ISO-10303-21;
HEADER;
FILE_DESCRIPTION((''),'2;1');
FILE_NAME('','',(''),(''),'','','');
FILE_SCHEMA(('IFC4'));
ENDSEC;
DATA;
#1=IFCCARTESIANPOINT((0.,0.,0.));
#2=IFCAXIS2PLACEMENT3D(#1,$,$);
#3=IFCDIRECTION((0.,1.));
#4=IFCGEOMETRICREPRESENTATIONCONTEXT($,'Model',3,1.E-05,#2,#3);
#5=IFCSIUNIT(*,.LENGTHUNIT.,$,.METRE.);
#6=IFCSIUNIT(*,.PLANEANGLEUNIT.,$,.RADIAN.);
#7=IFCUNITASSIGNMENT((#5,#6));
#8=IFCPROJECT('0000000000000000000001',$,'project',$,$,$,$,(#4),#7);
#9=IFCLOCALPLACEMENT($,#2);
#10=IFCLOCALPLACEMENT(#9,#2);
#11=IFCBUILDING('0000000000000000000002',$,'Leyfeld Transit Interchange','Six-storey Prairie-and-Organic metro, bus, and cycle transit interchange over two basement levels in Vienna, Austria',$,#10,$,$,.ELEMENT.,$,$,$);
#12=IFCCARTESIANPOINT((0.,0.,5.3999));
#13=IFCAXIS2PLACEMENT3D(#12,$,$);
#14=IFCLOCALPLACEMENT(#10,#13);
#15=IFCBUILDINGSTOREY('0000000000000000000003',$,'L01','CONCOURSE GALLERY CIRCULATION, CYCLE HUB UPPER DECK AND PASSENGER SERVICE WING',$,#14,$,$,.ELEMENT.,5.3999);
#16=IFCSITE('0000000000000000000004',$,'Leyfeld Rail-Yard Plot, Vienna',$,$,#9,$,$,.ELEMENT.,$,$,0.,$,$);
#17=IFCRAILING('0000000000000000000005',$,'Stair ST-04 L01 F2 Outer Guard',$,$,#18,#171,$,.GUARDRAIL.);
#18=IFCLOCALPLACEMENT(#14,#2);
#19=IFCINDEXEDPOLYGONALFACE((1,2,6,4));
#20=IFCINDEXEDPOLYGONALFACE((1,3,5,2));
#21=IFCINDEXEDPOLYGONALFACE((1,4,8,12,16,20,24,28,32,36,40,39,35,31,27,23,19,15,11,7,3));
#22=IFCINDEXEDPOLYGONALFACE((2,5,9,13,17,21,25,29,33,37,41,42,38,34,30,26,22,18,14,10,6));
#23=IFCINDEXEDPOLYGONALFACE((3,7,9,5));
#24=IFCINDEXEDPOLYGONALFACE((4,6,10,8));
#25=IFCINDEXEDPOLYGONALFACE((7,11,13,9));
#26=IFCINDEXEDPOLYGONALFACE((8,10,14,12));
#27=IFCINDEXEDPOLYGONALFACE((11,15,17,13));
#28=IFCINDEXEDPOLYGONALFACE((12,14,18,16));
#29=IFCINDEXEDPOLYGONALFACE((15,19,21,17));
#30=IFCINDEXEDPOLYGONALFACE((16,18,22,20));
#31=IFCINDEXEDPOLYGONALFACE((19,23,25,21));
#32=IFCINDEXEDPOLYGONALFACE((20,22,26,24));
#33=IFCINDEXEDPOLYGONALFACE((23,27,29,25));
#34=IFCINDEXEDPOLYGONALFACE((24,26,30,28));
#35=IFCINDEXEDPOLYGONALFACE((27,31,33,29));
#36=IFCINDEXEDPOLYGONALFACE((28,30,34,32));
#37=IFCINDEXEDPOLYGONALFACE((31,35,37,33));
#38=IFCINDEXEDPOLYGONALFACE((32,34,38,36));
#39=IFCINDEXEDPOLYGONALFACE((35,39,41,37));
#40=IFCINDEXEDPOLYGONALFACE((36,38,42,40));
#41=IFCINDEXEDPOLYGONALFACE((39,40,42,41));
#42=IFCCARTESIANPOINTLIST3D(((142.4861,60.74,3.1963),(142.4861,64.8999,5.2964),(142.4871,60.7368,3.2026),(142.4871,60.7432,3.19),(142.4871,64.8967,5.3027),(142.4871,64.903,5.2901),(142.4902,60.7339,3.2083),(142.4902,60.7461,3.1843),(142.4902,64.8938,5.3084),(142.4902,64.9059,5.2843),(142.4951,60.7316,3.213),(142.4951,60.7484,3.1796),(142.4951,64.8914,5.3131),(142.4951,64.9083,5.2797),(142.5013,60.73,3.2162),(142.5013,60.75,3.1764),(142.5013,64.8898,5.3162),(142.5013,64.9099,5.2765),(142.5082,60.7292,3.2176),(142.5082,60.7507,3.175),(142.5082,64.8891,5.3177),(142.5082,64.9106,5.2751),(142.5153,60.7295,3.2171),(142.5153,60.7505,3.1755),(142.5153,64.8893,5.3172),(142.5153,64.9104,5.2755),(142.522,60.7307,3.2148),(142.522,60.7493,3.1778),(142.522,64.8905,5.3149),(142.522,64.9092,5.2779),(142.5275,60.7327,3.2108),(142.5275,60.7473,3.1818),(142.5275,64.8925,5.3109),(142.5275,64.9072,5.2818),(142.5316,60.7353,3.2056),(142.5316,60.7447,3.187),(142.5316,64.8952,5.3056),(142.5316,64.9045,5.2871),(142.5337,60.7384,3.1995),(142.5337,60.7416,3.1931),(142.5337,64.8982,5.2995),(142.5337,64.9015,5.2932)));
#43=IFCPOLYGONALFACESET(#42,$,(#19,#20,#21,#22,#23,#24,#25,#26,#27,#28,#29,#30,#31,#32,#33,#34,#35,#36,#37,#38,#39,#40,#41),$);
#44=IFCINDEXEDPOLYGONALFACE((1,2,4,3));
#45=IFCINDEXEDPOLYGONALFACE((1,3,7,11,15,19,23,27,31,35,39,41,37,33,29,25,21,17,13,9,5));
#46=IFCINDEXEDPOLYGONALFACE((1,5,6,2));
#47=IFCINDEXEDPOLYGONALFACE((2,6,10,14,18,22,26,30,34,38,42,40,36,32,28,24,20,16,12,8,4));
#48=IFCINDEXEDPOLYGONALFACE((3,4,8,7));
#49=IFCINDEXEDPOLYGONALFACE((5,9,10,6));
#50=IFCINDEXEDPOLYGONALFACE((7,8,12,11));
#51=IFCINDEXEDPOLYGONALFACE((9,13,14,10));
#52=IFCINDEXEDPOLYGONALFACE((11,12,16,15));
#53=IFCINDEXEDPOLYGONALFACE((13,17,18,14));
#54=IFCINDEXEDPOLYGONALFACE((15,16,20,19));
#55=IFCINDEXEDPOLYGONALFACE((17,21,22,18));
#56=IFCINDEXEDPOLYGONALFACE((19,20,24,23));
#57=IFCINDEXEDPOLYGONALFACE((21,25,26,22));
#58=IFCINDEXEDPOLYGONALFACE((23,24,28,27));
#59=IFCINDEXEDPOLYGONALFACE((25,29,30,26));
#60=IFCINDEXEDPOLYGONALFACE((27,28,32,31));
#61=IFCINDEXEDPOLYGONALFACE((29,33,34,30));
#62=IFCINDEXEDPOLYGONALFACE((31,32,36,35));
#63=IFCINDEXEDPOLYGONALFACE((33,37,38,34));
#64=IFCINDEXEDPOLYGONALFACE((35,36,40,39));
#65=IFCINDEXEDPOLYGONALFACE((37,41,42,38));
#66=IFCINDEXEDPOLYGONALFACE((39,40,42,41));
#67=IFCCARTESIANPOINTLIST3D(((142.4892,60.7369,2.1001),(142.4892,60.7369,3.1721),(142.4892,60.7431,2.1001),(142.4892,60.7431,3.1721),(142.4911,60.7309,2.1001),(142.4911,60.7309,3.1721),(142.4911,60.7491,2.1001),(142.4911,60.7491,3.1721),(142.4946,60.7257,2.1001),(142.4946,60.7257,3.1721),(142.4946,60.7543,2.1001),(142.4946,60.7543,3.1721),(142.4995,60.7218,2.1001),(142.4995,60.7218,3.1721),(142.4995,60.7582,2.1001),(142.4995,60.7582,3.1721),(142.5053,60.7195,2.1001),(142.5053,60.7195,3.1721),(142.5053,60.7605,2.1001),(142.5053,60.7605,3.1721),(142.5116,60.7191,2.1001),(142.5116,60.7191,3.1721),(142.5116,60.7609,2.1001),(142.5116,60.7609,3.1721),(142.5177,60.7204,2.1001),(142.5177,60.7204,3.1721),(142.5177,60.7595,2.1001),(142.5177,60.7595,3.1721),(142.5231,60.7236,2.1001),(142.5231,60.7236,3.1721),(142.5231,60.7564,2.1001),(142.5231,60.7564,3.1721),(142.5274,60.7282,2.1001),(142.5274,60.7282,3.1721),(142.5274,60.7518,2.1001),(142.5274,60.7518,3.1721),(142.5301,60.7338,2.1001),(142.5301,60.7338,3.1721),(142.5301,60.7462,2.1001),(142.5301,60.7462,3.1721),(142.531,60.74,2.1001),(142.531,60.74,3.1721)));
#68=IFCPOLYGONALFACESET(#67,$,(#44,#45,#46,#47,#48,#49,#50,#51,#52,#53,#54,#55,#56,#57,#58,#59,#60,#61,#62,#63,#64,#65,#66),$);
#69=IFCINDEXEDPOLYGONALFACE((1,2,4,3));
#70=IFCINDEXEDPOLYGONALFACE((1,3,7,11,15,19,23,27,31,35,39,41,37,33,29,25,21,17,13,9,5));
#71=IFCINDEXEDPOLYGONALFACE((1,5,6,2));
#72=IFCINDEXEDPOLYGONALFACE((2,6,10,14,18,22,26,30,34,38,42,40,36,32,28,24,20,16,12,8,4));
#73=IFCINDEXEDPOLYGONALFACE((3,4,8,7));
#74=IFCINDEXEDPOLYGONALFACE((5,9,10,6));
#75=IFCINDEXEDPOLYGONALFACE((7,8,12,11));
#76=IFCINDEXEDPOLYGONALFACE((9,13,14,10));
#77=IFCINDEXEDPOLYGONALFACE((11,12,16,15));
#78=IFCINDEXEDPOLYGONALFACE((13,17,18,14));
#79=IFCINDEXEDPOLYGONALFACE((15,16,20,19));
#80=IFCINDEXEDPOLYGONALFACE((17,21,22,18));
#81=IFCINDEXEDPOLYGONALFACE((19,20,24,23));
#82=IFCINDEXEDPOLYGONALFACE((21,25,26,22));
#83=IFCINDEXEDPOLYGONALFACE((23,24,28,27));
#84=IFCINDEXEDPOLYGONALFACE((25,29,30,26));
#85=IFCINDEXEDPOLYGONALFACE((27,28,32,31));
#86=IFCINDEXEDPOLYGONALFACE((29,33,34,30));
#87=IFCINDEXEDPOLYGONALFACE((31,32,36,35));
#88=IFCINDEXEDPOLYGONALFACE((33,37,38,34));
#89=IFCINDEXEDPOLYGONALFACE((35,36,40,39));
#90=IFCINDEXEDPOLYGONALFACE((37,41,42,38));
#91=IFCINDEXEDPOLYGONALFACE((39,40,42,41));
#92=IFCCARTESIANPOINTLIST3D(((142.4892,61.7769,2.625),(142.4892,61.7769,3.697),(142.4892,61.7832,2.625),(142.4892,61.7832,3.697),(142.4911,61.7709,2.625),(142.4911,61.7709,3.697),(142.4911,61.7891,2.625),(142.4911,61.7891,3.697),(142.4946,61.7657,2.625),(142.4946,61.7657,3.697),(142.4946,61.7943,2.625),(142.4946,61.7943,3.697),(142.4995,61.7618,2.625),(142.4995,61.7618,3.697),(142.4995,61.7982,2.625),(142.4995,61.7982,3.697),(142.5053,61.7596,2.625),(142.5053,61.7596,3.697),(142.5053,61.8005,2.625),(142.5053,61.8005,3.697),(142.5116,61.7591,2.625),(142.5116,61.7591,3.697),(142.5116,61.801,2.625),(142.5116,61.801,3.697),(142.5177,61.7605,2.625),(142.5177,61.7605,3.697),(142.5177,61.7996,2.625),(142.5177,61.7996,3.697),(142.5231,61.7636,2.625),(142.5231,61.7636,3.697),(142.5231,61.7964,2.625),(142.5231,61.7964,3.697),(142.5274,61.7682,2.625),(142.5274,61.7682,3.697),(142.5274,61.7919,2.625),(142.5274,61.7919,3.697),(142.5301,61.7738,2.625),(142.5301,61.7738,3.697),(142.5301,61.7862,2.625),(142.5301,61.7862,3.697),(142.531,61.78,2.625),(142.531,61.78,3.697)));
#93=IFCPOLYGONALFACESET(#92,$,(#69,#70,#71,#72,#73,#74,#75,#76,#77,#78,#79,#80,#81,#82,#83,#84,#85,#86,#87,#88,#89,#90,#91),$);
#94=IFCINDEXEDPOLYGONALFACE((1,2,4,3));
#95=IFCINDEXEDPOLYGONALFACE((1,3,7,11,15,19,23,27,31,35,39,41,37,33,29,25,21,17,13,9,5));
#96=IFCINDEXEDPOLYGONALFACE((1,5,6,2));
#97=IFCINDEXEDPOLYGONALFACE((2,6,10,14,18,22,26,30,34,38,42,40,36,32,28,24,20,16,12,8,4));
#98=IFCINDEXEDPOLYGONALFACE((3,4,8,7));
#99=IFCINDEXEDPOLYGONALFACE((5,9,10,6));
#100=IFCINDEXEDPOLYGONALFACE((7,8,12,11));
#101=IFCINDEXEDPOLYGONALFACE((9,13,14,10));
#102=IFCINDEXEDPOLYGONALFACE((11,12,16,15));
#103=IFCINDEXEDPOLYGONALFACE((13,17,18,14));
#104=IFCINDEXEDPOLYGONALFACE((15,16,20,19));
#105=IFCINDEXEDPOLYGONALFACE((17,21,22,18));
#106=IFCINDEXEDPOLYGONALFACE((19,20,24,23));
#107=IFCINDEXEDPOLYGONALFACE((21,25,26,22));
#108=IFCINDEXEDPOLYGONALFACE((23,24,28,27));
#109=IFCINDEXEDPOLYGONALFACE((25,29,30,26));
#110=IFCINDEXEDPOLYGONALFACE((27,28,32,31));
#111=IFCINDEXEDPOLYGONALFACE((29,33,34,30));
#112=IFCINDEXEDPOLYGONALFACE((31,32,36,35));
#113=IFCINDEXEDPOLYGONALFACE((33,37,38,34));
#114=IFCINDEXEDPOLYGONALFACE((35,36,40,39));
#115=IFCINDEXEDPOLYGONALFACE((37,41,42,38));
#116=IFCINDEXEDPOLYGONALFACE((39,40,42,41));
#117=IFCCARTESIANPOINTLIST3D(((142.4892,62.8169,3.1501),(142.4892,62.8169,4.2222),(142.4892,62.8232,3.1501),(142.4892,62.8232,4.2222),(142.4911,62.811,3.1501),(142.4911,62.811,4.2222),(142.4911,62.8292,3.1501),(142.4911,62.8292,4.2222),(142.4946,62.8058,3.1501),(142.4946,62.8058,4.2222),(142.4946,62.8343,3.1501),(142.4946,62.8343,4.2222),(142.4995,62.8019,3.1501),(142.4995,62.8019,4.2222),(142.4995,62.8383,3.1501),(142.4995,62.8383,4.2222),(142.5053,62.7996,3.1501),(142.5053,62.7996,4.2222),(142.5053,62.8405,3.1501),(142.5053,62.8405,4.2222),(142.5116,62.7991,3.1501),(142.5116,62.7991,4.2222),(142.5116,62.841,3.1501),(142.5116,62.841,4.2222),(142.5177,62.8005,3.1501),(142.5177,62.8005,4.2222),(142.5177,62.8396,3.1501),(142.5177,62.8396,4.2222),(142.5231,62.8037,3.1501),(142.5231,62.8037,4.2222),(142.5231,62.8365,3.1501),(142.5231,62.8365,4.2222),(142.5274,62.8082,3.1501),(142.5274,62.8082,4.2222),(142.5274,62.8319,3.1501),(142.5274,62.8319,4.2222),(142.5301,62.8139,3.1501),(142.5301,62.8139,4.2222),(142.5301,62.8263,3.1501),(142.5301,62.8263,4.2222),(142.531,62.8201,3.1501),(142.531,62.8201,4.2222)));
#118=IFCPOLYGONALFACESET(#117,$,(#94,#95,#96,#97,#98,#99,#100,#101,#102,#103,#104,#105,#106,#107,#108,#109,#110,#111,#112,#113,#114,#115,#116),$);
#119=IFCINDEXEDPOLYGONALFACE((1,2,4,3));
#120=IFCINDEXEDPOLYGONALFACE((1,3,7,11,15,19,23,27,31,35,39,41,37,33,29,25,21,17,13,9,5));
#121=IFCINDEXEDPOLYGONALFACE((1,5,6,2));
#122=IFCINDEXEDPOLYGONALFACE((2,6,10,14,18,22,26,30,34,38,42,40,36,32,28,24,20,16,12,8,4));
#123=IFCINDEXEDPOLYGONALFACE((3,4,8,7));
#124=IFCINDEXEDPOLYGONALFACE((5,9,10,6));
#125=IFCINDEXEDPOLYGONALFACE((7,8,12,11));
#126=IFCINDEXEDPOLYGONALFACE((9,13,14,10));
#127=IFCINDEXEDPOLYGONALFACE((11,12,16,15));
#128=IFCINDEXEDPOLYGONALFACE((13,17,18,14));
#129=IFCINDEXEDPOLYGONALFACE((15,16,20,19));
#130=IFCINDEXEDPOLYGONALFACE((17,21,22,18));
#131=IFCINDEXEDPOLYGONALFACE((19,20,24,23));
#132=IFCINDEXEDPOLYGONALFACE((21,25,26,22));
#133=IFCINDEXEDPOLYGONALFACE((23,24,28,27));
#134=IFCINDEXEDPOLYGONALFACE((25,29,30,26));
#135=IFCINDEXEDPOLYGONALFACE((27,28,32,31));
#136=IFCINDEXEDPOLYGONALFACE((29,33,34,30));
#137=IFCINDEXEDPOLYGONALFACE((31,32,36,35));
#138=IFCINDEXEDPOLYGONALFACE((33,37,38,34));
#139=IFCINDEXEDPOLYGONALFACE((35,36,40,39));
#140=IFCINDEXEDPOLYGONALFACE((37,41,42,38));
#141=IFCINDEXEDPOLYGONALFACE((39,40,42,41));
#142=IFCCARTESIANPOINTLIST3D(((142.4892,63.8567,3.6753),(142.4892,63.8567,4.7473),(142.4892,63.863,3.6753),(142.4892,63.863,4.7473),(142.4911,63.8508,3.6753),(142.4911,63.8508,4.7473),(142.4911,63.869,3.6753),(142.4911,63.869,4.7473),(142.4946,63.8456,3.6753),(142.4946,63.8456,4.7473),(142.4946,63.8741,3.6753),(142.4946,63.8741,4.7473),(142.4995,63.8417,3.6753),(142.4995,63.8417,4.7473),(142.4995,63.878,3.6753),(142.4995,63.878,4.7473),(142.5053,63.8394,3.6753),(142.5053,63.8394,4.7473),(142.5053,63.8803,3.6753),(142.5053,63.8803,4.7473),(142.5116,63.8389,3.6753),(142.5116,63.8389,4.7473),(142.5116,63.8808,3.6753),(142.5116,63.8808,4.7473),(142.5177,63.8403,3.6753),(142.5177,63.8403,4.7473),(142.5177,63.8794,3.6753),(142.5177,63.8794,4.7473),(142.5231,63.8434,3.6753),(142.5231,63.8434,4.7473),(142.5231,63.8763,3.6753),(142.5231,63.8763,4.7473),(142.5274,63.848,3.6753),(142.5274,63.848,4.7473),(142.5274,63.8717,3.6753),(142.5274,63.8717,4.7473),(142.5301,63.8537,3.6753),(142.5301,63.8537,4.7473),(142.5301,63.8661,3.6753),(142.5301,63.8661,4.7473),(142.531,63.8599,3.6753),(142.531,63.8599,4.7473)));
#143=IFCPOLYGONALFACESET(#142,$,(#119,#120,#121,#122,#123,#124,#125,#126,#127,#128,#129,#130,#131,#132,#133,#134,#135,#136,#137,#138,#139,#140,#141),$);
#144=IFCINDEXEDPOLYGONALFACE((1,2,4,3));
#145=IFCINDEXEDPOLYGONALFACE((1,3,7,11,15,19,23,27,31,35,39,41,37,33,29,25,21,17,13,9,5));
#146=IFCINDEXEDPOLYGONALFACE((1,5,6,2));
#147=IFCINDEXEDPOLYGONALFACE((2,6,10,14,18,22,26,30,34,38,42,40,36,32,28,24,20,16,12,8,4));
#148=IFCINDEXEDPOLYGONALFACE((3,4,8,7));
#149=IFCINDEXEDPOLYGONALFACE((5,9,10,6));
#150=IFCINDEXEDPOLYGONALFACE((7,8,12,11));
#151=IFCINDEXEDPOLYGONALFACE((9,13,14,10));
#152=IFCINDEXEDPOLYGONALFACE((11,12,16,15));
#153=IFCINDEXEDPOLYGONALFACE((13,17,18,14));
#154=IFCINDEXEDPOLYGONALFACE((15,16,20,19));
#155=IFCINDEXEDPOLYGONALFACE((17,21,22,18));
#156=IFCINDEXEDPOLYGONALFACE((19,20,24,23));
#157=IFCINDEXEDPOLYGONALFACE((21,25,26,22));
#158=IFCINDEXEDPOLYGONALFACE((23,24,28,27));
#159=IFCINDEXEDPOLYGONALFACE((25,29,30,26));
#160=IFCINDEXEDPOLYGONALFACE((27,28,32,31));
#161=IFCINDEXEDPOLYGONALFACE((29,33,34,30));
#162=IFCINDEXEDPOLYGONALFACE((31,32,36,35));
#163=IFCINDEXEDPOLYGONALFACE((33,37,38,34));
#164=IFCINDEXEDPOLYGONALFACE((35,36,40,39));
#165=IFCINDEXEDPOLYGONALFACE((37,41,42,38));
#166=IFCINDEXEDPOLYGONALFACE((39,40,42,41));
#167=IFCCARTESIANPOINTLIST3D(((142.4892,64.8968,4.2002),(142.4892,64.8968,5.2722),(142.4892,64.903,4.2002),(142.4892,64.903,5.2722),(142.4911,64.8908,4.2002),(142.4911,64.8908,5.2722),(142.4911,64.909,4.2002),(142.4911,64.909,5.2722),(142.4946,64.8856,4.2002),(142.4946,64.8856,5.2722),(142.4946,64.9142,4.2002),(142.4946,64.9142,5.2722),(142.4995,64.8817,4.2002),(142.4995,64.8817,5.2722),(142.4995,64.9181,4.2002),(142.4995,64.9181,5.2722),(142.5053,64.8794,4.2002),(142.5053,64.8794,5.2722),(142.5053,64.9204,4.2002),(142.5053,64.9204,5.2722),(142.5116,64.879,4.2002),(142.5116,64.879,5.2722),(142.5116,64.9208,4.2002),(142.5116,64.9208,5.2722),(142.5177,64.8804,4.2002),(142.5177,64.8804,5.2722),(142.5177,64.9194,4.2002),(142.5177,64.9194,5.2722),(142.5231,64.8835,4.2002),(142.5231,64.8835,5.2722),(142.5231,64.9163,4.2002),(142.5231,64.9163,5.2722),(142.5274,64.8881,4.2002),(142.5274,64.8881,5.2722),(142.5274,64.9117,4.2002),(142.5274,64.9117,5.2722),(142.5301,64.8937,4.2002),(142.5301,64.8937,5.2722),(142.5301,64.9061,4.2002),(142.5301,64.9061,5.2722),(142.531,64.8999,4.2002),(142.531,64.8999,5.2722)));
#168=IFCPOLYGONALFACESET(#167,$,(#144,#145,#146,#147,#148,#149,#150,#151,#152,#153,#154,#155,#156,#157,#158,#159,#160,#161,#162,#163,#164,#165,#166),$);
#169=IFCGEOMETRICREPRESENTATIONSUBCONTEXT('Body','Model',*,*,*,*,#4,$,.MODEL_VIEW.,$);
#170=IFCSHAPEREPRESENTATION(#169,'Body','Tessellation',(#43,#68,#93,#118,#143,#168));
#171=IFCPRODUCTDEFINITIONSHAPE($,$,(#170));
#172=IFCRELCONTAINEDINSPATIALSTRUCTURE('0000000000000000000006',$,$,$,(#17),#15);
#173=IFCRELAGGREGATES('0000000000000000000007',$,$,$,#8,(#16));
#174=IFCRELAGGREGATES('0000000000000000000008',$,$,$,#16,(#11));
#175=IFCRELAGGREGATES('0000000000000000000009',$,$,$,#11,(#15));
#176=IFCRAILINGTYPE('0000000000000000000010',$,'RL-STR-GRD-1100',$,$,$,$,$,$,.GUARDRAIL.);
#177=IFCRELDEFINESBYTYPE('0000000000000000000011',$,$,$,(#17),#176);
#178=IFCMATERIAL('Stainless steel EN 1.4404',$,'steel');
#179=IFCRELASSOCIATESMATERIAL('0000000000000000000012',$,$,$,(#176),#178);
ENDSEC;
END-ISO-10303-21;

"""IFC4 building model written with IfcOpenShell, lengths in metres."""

from ifc_helpers import new_model, si_unit, direction, frame, origin, origin_2d, place, context, subcontext, project, spatial, circle, extrude, material, type_object, element, save


model = new_model("IFC4")

# Units and contexts
model_context = context("Model", 3, precision=1e-05, world=origin(), true_north=direction((0.0, 1.0)))
body_context = subcontext(model_context, "Body", "Model", "MODEL_VIEW")
ifc_project = project(units=[si_unit("LENGTHUNIT", "METRE"), si_unit("PLANEANGLEUNIT", "RADIAN")], contexts=[model_context])

# Site, building, storey
site_placement = place(None, origin())
site = spatial("IfcSite", under=ifc_project, at=site_placement, Name="Leyfeld Rail-Yard Plot, Vienna", CompositionType="ELEMENT", RefElevation=0.0)
building_placement = place(site_placement, origin())
building = spatial("IfcBuilding", under=site, at=building_placement, Name="Leyfeld Transit Interchange", Description="Six-storey Prairie-and-Organic metro, bus, and cycle transit interchange over two basement levels in Vienna, Austria", CompositionType="ELEMENT")
storey_placement = place(building_placement, frame((0.0, 0.0, 5.3999)))
storey = spatial("IfcBuildingStorey", under=building, at=storey_placement, Name="L01", Description="CONCOURSE GALLERY CIRCULATION, CYCLE HUB UPPER DECK AND PASSENGER SERVICE WING", CompositionType="ELEMENT", Elevation=5.3999)

# Railing
ifc_material_1 = material(Name="Stainless steel EN 1.4404", Category="steel")
railing_type_1 = type_object("IfcRailingType", Name="RL-STR-GRD-1100", PredefinedType="GUARDRAIL", material=ifc_material_1)
for number, where, name in (
    (1, (142.51, 60.74, 2.1001), "Stair ST-04 L01 F2 Outer Guard"),
):
    element("IfcRailing", number, at=place(storey_placement, frame(where)), inside=storey, type_object=railing_type_1, Name=name, PredefinedType="GUARDRAIL", context=body_context, shape_type="SweptSolid", body=[
        extrude(circle(Radius=0.0239, at=origin_2d()), frame((0.0, 0.0, 1.0962), z_axis=(0.0, 0.892692, 0.450668), x_axis=(-1.0, 0.0, 0.0)), (0.0, 0.0, 1.0), 4.6599),
        extrude(circle(Radius=0.021, at=origin_2d()), origin(), (0.0, 0.0, 1.0), 1.072),
        extrude(circle(Radius=0.021, at=origin_2d()), frame((0.0, 1.04, 0.5249)), (0.0, 0.0, 1.0), 1.072),
        extrude(circle(Radius=0.021, at=origin_2d()), frame((0.0, 2.0801, 1.05)), (0.0, 0.0, 1.0), 1.072),
        extrude(circle(Radius=0.021, at=origin_2d()), frame((0.0, 3.1199, 1.5752)), (0.0, 0.0, 1.0), 1.072),
        extrude(circle(Radius=0.021, at=origin_2d()), frame((0.0, 4.1599, 2.1001)), (0.0, 0.0, 1.0), 1.072),
    ])

save(model, "model.ifc")
